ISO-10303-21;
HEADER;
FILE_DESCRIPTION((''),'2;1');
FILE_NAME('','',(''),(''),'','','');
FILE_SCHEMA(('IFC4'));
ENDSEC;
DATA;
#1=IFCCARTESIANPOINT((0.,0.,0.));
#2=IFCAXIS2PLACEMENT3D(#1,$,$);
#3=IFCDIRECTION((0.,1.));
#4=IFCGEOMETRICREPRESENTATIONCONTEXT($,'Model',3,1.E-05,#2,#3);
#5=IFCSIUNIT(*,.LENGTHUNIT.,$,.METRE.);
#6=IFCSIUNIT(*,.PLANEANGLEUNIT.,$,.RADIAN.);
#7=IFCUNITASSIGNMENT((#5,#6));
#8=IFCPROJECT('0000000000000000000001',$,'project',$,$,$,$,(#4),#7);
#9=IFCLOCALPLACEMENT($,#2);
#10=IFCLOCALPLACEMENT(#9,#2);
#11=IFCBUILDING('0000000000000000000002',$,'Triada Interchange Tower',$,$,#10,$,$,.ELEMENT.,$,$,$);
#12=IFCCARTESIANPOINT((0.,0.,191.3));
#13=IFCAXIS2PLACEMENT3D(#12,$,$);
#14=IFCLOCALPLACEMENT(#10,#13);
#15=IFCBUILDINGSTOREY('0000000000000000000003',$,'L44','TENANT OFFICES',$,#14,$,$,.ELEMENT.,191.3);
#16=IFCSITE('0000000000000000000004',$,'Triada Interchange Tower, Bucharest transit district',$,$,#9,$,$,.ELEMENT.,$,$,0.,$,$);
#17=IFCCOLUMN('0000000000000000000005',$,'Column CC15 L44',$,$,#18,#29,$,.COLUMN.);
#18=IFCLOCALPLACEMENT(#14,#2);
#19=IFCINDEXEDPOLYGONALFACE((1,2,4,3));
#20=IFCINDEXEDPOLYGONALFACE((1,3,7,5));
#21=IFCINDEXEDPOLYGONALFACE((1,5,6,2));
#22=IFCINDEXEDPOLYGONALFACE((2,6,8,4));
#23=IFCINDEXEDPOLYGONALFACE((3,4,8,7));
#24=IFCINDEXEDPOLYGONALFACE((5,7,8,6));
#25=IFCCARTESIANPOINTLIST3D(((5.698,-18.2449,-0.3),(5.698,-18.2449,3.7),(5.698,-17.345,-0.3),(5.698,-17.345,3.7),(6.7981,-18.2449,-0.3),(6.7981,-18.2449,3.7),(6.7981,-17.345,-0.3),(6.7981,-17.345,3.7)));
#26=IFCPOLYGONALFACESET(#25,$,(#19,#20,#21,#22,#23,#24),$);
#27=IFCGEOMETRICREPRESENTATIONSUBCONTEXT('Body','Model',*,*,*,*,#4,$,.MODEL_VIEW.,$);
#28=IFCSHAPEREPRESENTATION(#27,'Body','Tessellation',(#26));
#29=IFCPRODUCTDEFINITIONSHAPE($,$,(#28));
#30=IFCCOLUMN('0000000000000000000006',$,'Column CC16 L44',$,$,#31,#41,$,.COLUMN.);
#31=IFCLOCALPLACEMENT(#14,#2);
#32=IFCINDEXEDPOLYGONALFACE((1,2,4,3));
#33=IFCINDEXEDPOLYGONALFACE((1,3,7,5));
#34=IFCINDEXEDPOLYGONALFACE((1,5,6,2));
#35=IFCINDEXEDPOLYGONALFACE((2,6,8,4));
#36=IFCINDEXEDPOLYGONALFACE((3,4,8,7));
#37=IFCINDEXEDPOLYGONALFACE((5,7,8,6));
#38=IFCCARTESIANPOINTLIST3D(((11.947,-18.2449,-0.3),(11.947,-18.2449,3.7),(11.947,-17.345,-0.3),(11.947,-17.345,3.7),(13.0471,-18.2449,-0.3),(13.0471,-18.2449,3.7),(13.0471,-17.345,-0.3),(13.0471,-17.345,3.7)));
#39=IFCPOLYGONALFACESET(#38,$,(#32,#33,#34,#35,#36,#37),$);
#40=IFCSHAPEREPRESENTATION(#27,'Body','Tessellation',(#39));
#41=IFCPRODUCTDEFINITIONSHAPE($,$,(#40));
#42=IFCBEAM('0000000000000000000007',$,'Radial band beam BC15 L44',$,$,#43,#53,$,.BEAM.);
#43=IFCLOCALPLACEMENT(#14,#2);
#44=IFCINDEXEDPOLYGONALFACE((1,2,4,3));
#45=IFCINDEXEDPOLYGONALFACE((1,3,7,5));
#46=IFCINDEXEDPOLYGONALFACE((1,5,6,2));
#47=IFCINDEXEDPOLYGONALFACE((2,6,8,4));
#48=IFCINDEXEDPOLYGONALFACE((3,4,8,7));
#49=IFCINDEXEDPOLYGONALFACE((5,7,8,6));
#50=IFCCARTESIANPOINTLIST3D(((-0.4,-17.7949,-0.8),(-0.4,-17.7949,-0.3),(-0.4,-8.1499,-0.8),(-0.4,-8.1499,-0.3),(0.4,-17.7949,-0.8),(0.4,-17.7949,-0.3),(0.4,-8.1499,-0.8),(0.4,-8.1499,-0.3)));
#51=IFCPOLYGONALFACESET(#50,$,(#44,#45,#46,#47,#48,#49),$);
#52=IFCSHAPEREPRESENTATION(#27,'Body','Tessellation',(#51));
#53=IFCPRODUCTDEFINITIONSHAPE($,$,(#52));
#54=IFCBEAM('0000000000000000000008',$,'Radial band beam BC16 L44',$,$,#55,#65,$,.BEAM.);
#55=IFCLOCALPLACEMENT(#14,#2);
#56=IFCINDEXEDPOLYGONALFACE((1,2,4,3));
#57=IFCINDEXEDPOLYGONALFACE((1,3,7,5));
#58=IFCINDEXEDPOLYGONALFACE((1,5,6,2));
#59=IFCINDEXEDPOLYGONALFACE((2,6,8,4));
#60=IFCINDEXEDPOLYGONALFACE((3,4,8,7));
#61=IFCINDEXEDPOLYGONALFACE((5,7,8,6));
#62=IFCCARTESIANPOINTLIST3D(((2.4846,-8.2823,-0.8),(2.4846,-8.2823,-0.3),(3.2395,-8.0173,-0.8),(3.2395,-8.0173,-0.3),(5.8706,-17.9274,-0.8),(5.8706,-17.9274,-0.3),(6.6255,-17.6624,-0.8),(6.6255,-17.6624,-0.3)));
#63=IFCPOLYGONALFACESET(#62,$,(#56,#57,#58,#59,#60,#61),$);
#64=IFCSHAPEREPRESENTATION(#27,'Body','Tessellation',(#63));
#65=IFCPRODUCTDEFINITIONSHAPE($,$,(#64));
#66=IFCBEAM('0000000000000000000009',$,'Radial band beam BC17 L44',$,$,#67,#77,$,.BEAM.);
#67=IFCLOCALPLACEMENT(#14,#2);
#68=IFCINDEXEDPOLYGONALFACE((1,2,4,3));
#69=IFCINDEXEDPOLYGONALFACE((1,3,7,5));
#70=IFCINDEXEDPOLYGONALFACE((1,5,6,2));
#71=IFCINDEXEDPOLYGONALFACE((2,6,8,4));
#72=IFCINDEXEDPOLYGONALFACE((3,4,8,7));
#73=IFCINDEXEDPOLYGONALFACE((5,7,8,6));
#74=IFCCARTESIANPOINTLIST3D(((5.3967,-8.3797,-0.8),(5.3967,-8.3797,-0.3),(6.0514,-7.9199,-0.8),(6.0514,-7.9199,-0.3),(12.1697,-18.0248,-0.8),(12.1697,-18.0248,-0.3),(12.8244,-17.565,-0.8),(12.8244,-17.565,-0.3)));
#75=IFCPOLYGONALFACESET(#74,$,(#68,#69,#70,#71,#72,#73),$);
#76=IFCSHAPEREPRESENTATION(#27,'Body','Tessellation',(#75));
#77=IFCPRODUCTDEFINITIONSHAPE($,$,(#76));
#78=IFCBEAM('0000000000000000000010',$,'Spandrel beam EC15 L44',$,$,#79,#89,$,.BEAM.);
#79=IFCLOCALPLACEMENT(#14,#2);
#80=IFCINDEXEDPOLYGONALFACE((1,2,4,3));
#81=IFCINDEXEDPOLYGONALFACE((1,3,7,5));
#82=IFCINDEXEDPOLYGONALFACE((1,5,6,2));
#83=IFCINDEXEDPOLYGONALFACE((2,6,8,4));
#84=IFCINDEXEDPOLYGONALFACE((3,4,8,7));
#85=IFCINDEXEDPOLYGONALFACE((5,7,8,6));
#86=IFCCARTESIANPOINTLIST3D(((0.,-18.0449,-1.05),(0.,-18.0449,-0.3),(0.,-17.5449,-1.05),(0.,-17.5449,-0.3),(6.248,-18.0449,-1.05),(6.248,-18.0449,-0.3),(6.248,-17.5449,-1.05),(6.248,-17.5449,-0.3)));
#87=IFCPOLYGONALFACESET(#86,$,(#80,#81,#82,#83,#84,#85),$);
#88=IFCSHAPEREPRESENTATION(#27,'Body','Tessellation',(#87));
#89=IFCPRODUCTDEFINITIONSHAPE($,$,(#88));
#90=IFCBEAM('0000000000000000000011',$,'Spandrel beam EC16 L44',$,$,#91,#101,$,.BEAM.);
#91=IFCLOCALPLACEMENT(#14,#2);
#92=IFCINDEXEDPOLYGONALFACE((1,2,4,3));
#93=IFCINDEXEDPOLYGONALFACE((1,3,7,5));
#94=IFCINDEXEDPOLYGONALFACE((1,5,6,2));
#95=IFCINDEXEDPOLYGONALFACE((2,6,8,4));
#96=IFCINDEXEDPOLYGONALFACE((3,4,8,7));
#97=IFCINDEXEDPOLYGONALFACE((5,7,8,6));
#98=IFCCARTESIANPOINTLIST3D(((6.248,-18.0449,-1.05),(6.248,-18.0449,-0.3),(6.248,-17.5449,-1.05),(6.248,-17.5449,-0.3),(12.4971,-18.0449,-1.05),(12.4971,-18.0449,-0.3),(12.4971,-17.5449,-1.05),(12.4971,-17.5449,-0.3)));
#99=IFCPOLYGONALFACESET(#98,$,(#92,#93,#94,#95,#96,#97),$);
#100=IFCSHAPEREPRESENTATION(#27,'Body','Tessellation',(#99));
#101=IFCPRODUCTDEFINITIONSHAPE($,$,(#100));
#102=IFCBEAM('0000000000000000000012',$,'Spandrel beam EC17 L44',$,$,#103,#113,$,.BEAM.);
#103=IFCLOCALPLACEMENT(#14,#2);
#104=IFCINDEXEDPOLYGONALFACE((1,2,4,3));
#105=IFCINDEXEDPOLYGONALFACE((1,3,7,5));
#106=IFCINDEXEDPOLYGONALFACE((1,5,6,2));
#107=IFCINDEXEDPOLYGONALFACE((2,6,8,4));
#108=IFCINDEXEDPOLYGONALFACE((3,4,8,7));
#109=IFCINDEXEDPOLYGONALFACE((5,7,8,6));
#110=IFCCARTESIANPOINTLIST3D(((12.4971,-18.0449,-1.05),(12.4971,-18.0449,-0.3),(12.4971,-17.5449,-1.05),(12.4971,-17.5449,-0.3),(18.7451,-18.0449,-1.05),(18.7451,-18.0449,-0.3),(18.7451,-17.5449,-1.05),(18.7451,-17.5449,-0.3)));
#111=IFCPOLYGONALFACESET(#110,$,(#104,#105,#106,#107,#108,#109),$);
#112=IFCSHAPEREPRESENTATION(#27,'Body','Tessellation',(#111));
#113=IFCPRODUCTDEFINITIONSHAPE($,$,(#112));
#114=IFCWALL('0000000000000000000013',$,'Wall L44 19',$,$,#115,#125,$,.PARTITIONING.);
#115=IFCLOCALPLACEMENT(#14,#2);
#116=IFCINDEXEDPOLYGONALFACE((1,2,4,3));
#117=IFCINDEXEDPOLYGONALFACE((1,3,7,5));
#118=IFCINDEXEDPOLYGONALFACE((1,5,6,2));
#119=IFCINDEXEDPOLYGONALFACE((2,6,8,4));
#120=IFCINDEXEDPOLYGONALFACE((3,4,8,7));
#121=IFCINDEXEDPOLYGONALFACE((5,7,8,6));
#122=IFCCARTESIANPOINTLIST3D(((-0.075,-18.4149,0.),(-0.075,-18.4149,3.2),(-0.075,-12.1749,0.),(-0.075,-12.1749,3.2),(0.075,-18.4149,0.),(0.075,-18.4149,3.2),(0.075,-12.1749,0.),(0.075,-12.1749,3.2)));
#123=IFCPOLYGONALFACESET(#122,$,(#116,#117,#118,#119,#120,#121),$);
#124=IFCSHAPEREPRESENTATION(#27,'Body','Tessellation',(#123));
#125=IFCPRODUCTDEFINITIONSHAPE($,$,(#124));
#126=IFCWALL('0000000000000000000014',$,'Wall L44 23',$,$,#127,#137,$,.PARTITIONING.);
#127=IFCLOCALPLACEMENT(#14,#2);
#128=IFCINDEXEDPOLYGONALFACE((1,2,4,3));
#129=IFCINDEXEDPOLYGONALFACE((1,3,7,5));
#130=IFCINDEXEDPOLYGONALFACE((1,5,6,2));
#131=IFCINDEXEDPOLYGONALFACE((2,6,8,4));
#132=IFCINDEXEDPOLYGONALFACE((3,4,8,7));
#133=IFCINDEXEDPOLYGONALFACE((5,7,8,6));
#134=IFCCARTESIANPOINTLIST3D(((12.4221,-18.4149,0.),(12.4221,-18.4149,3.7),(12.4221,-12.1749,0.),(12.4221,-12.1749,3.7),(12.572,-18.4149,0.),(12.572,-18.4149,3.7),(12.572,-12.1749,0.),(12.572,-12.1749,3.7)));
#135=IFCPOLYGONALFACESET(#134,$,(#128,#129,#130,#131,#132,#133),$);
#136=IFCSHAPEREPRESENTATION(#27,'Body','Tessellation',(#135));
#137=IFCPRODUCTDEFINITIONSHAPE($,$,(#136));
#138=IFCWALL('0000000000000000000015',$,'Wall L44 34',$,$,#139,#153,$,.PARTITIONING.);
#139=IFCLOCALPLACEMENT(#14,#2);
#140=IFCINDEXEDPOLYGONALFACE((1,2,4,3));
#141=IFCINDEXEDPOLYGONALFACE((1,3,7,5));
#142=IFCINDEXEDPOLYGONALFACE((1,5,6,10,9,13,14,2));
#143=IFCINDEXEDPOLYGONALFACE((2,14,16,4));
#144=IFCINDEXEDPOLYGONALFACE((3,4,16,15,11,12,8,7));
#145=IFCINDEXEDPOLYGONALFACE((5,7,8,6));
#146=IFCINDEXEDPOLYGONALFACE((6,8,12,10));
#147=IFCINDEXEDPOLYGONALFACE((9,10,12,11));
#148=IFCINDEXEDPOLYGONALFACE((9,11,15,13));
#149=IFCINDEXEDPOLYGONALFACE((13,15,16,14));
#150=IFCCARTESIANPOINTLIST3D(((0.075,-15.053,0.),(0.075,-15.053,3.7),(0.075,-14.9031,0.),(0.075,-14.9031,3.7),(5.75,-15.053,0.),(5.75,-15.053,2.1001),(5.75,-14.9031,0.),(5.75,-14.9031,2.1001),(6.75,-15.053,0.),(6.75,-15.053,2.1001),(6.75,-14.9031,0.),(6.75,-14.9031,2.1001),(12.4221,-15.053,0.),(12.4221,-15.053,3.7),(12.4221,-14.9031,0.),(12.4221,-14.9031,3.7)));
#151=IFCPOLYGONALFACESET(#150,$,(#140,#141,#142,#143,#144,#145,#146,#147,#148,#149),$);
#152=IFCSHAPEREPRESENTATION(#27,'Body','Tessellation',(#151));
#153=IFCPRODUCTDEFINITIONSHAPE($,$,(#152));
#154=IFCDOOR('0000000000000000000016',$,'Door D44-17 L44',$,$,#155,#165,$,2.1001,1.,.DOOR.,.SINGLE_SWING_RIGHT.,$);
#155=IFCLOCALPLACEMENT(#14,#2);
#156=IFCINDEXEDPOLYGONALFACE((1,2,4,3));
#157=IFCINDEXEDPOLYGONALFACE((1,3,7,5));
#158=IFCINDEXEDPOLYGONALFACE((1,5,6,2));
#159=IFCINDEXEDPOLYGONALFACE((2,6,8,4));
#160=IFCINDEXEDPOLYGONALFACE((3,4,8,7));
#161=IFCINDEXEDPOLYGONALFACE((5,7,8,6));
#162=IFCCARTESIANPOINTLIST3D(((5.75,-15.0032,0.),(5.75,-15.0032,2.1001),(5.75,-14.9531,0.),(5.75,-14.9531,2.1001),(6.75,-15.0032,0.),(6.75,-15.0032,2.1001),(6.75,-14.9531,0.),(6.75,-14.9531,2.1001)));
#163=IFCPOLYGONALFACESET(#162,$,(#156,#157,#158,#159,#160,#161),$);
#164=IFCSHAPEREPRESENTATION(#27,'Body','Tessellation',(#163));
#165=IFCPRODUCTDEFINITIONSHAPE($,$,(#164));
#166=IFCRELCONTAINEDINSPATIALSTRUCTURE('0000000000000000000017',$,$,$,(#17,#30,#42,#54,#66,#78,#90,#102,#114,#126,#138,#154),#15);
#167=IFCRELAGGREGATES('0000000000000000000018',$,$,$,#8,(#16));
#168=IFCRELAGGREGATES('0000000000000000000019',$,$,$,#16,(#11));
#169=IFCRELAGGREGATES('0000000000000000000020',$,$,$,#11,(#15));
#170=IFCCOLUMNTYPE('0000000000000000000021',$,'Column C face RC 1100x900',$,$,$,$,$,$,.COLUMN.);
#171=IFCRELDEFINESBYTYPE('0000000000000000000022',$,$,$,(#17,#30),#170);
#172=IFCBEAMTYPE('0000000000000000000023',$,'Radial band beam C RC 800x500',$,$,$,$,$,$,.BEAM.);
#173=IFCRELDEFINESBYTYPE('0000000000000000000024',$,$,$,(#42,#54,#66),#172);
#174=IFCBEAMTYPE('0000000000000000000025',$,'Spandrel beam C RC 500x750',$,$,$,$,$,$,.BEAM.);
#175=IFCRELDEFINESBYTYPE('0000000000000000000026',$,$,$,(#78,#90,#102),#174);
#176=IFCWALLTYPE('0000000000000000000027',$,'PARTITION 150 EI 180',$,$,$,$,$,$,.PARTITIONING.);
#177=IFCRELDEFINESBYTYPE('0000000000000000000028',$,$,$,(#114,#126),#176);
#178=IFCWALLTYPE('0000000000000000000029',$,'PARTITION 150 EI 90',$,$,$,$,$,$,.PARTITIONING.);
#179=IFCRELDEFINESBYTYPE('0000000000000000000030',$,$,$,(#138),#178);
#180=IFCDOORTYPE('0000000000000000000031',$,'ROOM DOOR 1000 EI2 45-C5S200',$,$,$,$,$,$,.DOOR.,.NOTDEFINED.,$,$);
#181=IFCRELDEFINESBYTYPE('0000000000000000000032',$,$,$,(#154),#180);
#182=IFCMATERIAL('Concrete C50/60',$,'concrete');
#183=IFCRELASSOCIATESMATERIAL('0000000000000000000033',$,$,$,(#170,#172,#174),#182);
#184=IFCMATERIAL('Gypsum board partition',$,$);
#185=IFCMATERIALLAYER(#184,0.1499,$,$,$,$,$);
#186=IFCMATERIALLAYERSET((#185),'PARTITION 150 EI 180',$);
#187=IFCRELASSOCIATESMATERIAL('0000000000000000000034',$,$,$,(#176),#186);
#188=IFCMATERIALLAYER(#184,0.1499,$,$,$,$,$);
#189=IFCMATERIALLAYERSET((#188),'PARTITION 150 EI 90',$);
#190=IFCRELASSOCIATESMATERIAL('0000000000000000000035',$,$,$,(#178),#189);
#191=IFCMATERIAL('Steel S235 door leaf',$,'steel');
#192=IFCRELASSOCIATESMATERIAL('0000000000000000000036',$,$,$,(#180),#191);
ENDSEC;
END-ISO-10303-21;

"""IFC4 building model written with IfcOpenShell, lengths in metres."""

from ifc_helpers import new_model, si_unit, direction, frame, frame_2d, origin, origin_2d, place, context, subcontext, project, spatial, rectangle, extrude, material, layer, layer_set, material_profile, profile_set, type_object, element, fill, save


model = new_model("IFC4")

# Units and contexts
model_context = context("Model", 3, precision=1e-05, world=origin(), true_north=direction((0.0, 1.0)))
body_context = subcontext(model_context, "Body", "Model", "MODEL_VIEW")
ifc_project = project(units=[si_unit("LENGTHUNIT", "METRE"), si_unit("PLANEANGLEUNIT", "RADIAN")], contexts=[model_context])

# Site, building, storey
site_placement = place(None, origin())
site = spatial("IfcSite", under=ifc_project, at=site_placement, Name="Triada Interchange Tower, Bucharest transit district", CompositionType="ELEMENT", RefElevation=0.0)
building_placement = place(site_placement, origin())
building = spatial("IfcBuilding", under=site, at=building_placement, Name="Triada Interchange Tower", CompositionType="ELEMENT")
storey_placement = place(building_placement, frame((0.0, 0.0, 191.3)))
storey = spatial("IfcBuildingStorey", under=building, at=storey_placement, Name="L44", Description="TENANT OFFICES", CompositionType="ELEMENT", Elevation=191.3)

# Columns
ifc_material_1 = material(Name="Concrete C50/60", Category="concrete")
ifc_material_profile_1 = material_profile(ifc_material_1, rectangle(XDim=1.1001, YDim=0.8999, at=origin_2d()), Name="RC 1100x900")
ifc_profile_set_1 = profile_set([ifc_material_profile_1], Name="Concrete C50/60")
column_type = type_object("IfcColumnType", Name="Column C face RC 1100x900", PredefinedType="COLUMN", material=ifc_profile_set_1)
for number, where, z_axis, x_axis, name in (
    (1, (6.248, -17.7949, -0.3), (0.0, 0.0, 1.0), (1.0, 0.0, 0.0), "Column CC15 L44"),
    (2, (12.4971, -17.7949, -0.3), (0.0, 0.0, 1.0), (1.0, 0.0, 0.0), "Column CC16 L44"),
):
    element("IfcColumn", number, at=place(storey_placement, frame(where, z_axis=z_axis, x_axis=x_axis)), inside=storey, type_object=column_type, Name=name, PredefinedType="COLUMN", context=body_context, shape_type="SweptSolid", body=[
        extrude(rectangle(XDim=1.1001, YDim=0.8999, at=origin_2d()), origin(), (0.0, 0.0, 1.0), 4.0),
    ])

# Beams
ifc_material_profile_2 = material_profile(ifc_material_1, rectangle(XDim=0.8, YDim=0.5, at=origin_2d()), Name="RC 800x500")
ifc_profile_set_2 = profile_set([ifc_material_profile_2], Name="Concrete C50/60")
beam_type_1 = type_object("IfcBeamType", Name="Radial band beam C RC 800x500", PredefinedType="BEAM", material=ifc_profile_set_2)
beam_1_placement = place(storey_placement, frame((0.0, -17.7949, -0.55), z_axis=(0.0, 1.0, 0.0), x_axis=(-1.0, 0.0, 0.0)))
element("IfcBeam", 3, at=beam_1_placement, inside=storey, type_object=beam_type_1, Name="Radial band beam BC15 L44", PredefinedType="BEAM", context=body_context, shape_type="SweptSolid", body=[
    extrude(rectangle(XDim=0.8, YDim=0.5, at=origin_2d()), origin(), (0.0, 0.0, 1.0), 9.645),
])
beam_2_placement = place(storey_placement, frame((6.248, -17.7949, -0.55), z_axis=(-0.331242, 0.943546, 0.0), x_axis=(-0.943546, -0.331242, 0.0)))
element("IfcBeam", 4, at=beam_2_placement, inside=storey, type_object=beam_type_1, Name="Radial band beam BC16 L44", PredefinedType="BEAM", context=body_context, shape_type="SweptSolid", body=[
    extrude(rectangle(XDim=0.8, YDim=0.5, at=origin_2d()), origin(), (0.0, 0.0, 1.0), 10.2222),
])
beam_3_placement = place(storey_placement, frame((12.4971, -17.7949, -0.55), z_axis=(-0.574682, 0.818377, 0.0), x_axis=(-0.818377, -0.574682, 0.0)))
element("IfcBeam", 5, at=beam_3_placement, inside=storey, type_object=beam_type_1, Name="Radial band beam BC17 L44", PredefinedType="BEAM", context=body_context, shape_type="SweptSolid", body=[
    extrude(rectangle(XDim=0.8, YDim=0.5, at=origin_2d()), origin(), (0.0, 0.0, 1.0), 11.7856),
])
ifc_material_profile_3 = material_profile(ifc_material_1, rectangle(XDim=0.5, YDim=0.75, at=origin_2d()), Name="RC 500x750")
ifc_profile_set_3 = profile_set([ifc_material_profile_3], Name="Concrete C50/60")
beam_type_2 = type_object("IfcBeamType", Name="Spandrel beam C RC 500x750", PredefinedType="BEAM", material=ifc_profile_set_3)
beam_4_placement = place(storey_placement, frame((0.0, -17.7949, -0.675), z_axis=(1.0, 0.0, 0.0), x_axis=(0.0, 1.0, 0.0)))
element("IfcBeam", 6, at=beam_4_placement, inside=storey, type_object=beam_type_2, Name="Spandrel beam EC15 L44", PredefinedType="BEAM", context=body_context, shape_type="SweptSolid", body=[
    extrude(rectangle(XDim=0.5, YDim=0.75, at=origin_2d()), origin(), (0.0, 0.0, 1.0), 6.248),
])
beam_5_placement = place(storey_placement, frame((6.248, -17.7949, -0.675), z_axis=(1.0, 0.0, 0.0), x_axis=(0.0, 1.0, 0.0)))
element("IfcBeam", 7, at=beam_5_placement, inside=storey, type_object=beam_type_2, Name="Spandrel beam EC16 L44", PredefinedType="BEAM", context=body_context, shape_type="SweptSolid", body=[
    extrude(rectangle(XDim=0.5, YDim=0.75, at=origin_2d()), origin(), (0.0, 0.0, 1.0), 6.249),
])
beam_6_placement = place(storey_placement, frame((12.4971, -17.7949, -0.675), z_axis=(1.0, 0.0, 0.0), x_axis=(0.0, 1.0, 0.0)))
element("IfcBeam", 8, at=beam_6_placement, inside=storey, type_object=beam_type_2, Name="Spandrel beam EC17 L44", PredefinedType="BEAM", context=body_context, shape_type="SweptSolid", body=[
    extrude(rectangle(XDim=0.5, YDim=0.75, at=origin_2d()), origin(), (0.0, 0.0, 1.0), 6.248),
])

# Walls
ifc_material_2 = material(Name="Gypsum board partition")
ifc_layer_1 = layer(ifc_material_2, 0.1499)
ifc_layer_set_1 = layer_set([ifc_layer_1], Name="PARTITION 150 EI 180")
wall_type_1 = type_object("IfcWallType", Name="PARTITION 150 EI 180", PredefinedType="PARTITIONING", material=ifc_layer_set_1)
wall_1_placement = place(storey_placement, frame((0.0, -18.415, 0.0), z_axis=(0.0, 0.0, 1.0), x_axis=(0.0, 1.0, 0.0)))
element("IfcWall", 9, at=wall_1_placement, inside=storey, type_object=wall_type_1, Name="Wall L44 19", PredefinedType="PARTITIONING", context=body_context, shape_type="SweptSolid", body=[
    extrude(rectangle(XDim=6.24, YDim=0.1499, at=frame_2d((3.1201, 0.0))), origin(), (0.0, 0.0, 1.0), 3.2),
])
wall_2_placement = place(storey_placement, frame((12.4971, -18.415, 0.0), z_axis=(0.0, 0.0, 1.0), x_axis=(0.0, 1.0, 0.0)))
element("IfcWall", 10, at=wall_2_placement, inside=storey, type_object=wall_type_1, Name="Wall L44 23", PredefinedType="PARTITIONING", context=body_context, shape_type="SweptSolid", body=[
    extrude(rectangle(XDim=6.24, YDim=0.1499, at=frame_2d((3.1201, 0.0))), origin(), (0.0, 0.0, 1.0), 3.7),
])

# Wall, opening, door
ifc_layer_2 = layer(ifc_material_2, 0.1499)
ifc_layer_set_2 = layer_set([ifc_layer_2], Name="PARTITION 150 EI 90")
wall_type_2 = type_object("IfcWallType", Name="PARTITION 150 EI 90", PredefinedType="PARTITIONING", material=ifc_layer_set_2)
wall_3_placement = place(storey_placement, frame((0.075, -14.978, 0.0), z_axis=(0.0, 0.0, 1.0), x_axis=(1.0, 0.0, 0.0)))
wall_3 = element("IfcWall", 11, at=wall_3_placement, inside=storey, type_object=wall_type_2, Name="Wall L44 34", PredefinedType="PARTITIONING", context=body_context, shape_type="SweptSolid", body=[
    extrude(rectangle(XDim=12.3472, YDim=0.1499, at=frame_2d((6.1736, 0.0))), origin(), (0.0, 0.0, 1.0), 3.7),
])
opening_1_placement = place(wall_3_placement, frame((5.675, 0.0, 0.0)))
opening_1 = element("IfcOpeningElement", 12, at=opening_1_placement, cuts=wall_3, PredefinedType="OPENING", context=body_context, shape_type="SweptSolid", body=[
    extrude(rectangle(XDim=1.0, YDim=2.1001, at=frame_2d((0.5, 1.05))), frame((0.0, 0.085, 0.0), z_axis=(0.0, -1.0, 0.0), x_axis=(1.0, 0.0, 0.0)), (0.0, 0.0, 1.0), 0.1699),
])
ifc_material_3 = material(Name="Steel S235 door leaf", Category="steel")
door_type_1 = type_object("IfcDoorType", Name="ROOM DOOR 1000 EI2 45-C5S200", OperationType="NOTDEFINED", PredefinedType="DOOR", material=ifc_material_3)
door_1_placement = place(opening_1_placement, origin())
door_1 = element("IfcDoor", 13, at=door_1_placement, inside=storey, type_object=door_type_1, Name="Door D44-17 L44", OperationType="SINGLE_SWING_RIGHT", OverallHeight=2.1001, OverallWidth=1.0, PredefinedType="DOOR", context=body_context, shape_type="SweptSolid", body=[
    extrude(rectangle(XDim=1.0, YDim=2.1001, at=frame_2d((0.5, 1.05))), frame((0.0, 0.0249, 0.0), z_axis=(0.0, -1.0, 0.0), x_axis=(1.0, 0.0, 0.0)), (0.0, 0.0, 1.0), 0.05),
])
fill(opening_1, door_1)

save(model, "model.ifc")
